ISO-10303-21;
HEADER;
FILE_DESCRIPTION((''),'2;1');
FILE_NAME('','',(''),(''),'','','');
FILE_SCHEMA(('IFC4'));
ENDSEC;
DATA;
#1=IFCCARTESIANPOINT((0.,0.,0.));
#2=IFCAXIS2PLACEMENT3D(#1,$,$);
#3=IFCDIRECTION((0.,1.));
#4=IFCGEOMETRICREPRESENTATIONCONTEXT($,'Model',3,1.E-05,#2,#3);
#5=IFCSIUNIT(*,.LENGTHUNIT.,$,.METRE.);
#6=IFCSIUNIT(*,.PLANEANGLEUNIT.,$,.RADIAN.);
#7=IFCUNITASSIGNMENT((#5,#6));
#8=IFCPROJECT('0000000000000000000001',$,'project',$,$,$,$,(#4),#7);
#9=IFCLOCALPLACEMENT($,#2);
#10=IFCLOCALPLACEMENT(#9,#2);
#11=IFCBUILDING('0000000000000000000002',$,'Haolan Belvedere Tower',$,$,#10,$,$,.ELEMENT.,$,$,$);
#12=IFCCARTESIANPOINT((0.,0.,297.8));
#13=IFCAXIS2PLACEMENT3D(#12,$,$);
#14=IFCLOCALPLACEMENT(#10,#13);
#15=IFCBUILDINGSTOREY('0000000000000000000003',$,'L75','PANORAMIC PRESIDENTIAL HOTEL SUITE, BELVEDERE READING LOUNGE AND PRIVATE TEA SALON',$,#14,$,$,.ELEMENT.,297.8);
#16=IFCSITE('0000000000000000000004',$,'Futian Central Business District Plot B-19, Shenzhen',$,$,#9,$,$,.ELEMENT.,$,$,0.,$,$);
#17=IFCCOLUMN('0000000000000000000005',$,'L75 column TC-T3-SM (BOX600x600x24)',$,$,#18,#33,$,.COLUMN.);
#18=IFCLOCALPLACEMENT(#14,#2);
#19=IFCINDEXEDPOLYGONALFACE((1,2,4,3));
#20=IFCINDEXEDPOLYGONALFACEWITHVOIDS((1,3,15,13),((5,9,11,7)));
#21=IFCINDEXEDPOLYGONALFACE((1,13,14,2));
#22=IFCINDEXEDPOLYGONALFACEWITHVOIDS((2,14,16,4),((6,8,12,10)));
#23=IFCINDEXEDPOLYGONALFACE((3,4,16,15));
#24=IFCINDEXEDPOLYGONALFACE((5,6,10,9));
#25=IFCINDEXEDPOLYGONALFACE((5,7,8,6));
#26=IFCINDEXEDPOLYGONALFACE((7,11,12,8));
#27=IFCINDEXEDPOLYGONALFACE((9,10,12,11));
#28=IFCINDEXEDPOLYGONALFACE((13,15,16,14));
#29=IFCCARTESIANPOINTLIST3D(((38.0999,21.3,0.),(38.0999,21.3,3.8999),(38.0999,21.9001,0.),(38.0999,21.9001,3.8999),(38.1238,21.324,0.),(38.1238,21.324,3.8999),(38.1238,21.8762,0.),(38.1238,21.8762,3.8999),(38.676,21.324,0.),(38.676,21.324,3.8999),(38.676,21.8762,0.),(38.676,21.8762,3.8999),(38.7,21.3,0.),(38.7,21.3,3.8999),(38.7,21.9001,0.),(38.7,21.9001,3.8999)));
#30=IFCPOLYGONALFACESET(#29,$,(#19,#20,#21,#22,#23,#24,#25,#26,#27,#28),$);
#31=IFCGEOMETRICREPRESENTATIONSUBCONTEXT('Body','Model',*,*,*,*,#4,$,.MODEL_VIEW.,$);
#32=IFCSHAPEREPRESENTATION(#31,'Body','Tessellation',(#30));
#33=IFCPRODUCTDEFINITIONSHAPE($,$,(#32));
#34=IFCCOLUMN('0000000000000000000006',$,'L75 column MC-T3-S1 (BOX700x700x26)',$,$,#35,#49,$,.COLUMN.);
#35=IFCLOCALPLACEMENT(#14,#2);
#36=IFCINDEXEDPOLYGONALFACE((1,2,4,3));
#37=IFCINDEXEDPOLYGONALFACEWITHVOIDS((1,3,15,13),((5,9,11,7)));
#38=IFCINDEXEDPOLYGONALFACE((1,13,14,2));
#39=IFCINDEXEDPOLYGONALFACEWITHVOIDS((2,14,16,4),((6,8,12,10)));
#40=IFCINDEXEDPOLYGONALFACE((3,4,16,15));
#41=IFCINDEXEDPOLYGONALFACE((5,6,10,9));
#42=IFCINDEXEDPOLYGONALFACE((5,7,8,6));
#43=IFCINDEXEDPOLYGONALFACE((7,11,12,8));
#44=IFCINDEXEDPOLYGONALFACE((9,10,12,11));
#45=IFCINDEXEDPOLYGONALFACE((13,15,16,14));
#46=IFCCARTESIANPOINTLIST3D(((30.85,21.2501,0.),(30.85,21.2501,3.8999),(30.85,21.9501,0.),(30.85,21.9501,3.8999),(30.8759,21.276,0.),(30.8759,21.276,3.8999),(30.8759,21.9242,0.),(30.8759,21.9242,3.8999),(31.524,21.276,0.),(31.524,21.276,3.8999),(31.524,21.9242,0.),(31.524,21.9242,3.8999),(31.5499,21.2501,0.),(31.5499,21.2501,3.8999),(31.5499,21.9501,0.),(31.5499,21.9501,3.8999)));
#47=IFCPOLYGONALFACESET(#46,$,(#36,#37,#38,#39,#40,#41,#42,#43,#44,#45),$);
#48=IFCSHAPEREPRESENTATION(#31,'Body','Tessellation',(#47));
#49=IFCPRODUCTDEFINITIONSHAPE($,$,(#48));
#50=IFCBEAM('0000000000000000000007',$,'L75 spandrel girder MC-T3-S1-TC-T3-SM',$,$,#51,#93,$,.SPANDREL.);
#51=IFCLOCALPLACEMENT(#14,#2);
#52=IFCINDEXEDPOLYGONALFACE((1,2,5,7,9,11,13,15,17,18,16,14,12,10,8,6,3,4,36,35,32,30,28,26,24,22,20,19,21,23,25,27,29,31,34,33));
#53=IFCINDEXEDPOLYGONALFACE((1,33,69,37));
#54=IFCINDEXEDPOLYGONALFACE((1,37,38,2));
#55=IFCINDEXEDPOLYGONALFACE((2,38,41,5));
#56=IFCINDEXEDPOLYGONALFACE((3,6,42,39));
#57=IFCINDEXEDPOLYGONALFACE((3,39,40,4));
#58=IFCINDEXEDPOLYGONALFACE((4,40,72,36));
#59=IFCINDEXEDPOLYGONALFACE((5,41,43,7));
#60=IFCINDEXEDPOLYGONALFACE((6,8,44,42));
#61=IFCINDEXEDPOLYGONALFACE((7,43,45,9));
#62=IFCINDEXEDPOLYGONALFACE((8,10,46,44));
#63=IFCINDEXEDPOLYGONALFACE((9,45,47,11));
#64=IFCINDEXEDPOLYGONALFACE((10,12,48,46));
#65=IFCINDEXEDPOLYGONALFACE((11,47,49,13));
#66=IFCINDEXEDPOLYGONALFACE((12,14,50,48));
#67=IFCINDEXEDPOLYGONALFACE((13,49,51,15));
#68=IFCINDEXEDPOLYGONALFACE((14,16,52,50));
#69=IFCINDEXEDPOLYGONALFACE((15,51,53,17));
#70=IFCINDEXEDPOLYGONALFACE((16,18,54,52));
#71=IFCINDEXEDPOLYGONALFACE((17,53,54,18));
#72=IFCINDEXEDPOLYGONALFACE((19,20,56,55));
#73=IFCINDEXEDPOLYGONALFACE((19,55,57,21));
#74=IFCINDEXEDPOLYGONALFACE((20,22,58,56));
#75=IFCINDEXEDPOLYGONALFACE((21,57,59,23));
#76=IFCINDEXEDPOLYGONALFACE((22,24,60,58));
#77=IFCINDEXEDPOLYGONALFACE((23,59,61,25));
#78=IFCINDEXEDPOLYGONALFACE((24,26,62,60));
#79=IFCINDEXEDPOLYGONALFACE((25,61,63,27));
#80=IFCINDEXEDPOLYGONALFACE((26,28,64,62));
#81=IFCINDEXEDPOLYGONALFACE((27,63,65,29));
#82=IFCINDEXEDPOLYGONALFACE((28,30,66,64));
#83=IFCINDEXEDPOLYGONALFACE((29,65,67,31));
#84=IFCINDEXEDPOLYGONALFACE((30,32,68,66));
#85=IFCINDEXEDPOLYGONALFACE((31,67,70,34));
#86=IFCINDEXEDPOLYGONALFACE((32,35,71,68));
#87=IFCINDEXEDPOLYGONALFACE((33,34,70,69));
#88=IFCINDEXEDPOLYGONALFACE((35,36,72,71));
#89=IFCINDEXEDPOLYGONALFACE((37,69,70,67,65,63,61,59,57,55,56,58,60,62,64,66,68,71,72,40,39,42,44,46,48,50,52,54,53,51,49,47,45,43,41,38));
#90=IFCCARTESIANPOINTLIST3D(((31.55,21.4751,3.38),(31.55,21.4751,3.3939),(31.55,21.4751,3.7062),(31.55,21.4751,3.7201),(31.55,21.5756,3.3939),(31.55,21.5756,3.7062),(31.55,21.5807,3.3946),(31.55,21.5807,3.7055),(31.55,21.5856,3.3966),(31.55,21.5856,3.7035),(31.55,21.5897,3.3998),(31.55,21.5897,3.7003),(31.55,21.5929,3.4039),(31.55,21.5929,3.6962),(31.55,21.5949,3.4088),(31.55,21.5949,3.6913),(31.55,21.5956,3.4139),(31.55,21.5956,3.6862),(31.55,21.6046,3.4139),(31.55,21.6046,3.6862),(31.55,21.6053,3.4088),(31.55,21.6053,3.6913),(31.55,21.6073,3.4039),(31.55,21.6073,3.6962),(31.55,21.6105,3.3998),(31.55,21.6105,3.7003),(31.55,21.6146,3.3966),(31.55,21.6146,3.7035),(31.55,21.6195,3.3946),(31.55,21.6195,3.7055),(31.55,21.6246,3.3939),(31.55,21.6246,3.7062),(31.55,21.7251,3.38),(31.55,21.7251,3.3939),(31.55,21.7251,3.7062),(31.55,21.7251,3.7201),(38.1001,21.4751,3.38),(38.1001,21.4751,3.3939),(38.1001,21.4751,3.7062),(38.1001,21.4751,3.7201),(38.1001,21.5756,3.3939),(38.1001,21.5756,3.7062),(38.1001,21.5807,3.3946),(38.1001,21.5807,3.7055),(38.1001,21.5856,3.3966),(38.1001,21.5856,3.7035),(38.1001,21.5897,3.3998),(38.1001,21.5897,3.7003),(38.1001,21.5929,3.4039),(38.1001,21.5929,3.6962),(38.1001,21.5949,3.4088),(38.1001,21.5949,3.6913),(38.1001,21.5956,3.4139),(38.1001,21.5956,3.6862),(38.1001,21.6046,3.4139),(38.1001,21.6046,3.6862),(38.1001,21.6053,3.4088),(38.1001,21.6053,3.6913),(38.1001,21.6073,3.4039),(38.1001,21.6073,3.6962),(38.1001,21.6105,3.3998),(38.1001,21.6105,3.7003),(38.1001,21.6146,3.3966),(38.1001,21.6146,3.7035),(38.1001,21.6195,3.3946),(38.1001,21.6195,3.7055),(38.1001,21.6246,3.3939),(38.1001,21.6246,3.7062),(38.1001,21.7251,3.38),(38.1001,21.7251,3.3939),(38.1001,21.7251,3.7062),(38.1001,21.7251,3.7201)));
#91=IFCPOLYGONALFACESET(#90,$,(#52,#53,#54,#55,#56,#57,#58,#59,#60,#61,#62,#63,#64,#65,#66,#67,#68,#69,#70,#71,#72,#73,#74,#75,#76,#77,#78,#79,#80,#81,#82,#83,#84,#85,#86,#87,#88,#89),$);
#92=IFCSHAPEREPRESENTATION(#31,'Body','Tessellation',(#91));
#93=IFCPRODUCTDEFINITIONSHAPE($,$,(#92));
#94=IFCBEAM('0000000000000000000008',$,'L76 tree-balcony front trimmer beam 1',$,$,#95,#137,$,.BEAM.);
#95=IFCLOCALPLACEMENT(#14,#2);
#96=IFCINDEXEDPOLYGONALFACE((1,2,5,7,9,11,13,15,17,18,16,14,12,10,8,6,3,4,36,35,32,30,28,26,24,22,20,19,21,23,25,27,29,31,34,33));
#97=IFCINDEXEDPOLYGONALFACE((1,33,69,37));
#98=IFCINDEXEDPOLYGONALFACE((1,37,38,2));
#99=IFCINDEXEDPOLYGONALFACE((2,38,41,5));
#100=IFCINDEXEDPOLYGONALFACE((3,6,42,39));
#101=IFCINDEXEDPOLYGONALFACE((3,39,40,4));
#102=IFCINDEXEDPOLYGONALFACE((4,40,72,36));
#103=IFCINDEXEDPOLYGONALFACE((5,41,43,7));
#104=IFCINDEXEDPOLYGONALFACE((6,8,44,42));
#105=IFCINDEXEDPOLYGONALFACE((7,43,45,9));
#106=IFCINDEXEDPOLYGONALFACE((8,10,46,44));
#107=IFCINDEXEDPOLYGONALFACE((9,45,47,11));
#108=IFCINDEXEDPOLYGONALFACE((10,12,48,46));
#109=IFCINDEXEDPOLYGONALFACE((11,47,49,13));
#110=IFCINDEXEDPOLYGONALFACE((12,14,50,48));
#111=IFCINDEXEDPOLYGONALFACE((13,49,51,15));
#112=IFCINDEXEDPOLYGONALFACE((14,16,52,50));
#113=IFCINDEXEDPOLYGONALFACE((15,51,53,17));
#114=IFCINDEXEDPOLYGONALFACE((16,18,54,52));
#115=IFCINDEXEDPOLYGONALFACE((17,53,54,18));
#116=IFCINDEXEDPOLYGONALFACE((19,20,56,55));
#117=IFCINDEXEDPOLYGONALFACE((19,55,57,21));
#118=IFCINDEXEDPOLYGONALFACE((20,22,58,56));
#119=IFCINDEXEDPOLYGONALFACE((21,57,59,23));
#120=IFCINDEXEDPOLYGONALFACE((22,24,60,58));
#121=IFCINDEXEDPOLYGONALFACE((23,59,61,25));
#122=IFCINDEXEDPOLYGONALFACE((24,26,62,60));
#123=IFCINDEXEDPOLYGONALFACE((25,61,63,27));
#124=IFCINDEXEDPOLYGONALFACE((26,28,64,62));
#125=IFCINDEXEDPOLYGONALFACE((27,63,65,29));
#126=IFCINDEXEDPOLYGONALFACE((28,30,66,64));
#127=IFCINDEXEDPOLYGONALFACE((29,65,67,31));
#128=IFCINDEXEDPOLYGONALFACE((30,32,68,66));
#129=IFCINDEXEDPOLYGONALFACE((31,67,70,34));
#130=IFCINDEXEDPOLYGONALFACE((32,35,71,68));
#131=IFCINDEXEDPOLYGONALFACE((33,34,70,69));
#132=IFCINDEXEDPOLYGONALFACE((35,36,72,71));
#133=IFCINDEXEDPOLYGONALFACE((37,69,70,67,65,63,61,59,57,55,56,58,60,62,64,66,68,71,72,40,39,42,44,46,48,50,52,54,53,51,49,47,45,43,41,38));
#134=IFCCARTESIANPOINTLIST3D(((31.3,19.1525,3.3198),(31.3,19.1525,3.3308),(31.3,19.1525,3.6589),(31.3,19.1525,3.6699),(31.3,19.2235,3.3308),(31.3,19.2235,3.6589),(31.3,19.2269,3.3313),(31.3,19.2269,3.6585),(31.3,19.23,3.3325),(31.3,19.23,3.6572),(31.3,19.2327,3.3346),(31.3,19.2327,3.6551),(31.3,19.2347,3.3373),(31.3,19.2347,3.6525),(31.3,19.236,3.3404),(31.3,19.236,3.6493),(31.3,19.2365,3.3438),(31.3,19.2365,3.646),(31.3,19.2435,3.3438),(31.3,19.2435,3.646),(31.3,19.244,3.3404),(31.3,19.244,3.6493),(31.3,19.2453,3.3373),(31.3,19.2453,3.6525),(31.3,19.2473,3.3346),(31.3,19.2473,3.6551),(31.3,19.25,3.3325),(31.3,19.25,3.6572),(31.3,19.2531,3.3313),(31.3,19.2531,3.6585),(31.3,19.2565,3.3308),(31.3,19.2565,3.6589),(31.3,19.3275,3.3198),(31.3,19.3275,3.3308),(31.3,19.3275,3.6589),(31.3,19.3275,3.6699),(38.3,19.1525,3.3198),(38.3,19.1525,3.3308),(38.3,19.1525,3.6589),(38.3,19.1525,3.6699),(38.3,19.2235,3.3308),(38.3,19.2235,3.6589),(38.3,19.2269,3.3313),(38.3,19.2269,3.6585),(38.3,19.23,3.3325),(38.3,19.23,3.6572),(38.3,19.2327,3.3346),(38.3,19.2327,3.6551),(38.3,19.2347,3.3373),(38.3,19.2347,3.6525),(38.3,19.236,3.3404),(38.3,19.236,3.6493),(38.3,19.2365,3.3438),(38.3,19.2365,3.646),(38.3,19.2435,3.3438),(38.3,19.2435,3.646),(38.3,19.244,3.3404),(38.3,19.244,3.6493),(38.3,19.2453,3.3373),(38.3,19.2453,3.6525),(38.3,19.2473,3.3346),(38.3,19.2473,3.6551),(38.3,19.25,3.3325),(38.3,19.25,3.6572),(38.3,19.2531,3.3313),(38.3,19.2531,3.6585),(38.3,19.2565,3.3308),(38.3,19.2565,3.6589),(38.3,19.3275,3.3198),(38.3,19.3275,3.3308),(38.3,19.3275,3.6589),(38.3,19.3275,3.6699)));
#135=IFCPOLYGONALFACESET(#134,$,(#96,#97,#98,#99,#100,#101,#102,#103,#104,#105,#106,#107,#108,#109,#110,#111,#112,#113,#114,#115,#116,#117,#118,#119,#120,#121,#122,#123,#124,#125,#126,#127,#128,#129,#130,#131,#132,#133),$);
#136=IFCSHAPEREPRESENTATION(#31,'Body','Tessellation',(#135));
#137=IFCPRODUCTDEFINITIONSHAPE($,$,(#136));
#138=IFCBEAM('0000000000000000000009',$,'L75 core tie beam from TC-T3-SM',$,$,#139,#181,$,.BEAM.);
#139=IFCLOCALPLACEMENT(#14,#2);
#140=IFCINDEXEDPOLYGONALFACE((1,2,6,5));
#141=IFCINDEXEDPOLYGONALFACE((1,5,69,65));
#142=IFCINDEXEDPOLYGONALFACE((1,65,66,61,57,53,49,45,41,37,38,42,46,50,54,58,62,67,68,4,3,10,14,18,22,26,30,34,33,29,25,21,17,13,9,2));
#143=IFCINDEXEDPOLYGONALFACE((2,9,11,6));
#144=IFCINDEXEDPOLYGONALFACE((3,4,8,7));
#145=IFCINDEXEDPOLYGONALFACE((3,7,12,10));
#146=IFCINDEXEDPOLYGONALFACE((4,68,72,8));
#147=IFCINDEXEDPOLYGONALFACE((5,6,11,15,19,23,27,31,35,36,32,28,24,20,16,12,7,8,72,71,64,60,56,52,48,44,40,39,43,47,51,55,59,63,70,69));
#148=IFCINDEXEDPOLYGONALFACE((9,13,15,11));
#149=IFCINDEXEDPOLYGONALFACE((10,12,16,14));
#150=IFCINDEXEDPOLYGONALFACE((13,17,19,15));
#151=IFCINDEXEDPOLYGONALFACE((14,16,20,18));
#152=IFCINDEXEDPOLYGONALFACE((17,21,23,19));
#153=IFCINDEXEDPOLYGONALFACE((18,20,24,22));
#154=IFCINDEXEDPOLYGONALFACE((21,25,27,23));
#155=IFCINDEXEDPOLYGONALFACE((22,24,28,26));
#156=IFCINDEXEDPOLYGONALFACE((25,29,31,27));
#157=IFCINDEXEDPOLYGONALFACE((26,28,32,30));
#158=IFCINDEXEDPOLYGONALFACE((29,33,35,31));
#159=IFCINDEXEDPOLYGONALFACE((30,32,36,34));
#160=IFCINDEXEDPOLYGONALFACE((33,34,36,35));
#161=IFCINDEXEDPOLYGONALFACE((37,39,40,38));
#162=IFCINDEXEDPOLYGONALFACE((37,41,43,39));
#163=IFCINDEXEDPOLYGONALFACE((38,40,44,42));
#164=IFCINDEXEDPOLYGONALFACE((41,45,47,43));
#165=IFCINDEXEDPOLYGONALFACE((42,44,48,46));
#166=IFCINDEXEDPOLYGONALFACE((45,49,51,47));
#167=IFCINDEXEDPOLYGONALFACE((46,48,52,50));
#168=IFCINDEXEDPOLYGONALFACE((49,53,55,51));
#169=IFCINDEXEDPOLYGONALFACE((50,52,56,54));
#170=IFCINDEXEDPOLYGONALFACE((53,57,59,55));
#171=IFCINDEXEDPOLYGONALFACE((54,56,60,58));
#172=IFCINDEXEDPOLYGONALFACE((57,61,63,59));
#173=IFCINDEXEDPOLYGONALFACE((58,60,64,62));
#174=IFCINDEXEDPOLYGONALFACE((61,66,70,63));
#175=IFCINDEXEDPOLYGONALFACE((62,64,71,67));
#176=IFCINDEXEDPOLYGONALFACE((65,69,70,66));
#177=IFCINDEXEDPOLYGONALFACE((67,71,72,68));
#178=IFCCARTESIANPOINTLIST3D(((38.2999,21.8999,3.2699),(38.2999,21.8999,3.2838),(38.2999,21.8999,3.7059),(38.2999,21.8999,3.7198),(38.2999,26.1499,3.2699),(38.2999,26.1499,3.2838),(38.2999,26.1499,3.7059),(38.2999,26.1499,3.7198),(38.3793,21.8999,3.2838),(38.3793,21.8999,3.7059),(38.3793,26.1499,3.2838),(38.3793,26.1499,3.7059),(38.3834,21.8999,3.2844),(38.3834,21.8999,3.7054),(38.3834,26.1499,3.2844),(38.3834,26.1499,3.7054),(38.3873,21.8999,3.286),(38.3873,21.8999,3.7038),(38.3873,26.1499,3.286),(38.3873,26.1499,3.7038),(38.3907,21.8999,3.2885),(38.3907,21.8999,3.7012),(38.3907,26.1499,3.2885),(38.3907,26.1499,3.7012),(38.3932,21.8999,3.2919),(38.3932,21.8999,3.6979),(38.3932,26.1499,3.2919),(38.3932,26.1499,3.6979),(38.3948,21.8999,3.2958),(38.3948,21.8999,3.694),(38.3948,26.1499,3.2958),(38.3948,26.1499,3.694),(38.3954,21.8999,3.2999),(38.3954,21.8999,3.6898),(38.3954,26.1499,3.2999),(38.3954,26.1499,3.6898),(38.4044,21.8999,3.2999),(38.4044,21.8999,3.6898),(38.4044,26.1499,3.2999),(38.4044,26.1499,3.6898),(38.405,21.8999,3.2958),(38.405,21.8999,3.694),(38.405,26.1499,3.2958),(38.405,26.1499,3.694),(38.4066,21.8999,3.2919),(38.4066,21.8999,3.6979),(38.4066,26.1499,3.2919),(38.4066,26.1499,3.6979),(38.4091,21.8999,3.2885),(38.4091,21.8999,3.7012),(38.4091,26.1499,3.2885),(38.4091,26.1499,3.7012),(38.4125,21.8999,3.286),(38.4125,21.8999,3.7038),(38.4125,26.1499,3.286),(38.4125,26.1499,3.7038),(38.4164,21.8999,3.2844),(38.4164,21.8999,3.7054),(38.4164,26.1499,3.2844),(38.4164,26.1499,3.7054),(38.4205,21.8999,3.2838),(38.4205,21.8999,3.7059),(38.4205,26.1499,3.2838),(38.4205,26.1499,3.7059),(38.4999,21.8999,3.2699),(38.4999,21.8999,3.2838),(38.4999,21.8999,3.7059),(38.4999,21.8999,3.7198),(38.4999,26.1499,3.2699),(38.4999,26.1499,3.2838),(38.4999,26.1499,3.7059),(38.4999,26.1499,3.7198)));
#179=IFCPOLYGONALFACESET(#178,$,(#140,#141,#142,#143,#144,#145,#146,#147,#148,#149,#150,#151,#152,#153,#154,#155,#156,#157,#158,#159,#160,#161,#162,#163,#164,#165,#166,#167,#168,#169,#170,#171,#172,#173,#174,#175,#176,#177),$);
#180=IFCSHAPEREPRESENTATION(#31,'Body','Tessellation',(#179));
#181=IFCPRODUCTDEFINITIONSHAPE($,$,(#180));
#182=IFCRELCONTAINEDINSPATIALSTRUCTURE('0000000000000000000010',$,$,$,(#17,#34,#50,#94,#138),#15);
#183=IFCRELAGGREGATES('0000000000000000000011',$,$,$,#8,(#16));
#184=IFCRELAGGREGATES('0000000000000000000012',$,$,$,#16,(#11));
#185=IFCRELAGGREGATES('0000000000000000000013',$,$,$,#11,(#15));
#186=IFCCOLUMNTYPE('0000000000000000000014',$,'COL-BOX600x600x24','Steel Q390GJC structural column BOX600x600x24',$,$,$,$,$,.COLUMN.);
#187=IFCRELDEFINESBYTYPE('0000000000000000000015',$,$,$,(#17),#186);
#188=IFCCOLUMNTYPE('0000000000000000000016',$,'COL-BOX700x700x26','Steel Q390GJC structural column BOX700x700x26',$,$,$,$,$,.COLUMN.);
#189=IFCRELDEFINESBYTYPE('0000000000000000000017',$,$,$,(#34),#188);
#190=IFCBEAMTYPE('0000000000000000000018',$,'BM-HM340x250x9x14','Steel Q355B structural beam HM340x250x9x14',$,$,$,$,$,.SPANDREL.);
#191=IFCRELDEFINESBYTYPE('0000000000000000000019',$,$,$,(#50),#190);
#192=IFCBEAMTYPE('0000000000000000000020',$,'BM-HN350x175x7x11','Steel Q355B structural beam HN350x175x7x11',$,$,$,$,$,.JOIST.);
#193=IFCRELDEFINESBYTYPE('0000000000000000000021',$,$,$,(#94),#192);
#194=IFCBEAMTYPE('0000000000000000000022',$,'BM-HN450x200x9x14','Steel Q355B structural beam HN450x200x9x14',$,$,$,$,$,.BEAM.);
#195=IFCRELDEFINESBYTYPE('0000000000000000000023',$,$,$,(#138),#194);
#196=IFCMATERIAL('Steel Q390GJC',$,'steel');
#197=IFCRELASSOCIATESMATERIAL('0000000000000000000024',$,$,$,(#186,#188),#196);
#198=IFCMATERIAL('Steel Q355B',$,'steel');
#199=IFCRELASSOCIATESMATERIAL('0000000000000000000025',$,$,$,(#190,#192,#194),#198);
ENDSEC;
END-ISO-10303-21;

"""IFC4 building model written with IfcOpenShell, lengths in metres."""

from ifc_helpers import new_model, si_unit, direction, frame, origin, origin_2d, place, context, subcontext, project, spatial, hollow_rectangle, i_section, extrude, material, material_profile, profile_set, type_object, element, save


model = new_model("IFC4")

# Units and contexts
model_context = context("Model", 3, precision=1e-05, world=origin(), true_north=direction((0.0, 1.0)))
body_context = subcontext(model_context, "Body", "Model", "MODEL_VIEW")
ifc_project = project(units=[si_unit("LENGTHUNIT", "METRE"), si_unit("PLANEANGLEUNIT", "RADIAN")], contexts=[model_context])

# Site, building, storey
site_placement = place(None, origin())
site = spatial("IfcSite", under=ifc_project, at=site_placement, Name="Futian Central Business District Plot B-19, Shenzhen", CompositionType="ELEMENT", RefElevation=0.0)
building_placement = place(site_placement, origin())
building = spatial("IfcBuilding", under=site, at=building_placement, Name="Haolan Belvedere Tower", CompositionType="ELEMENT")
storey_placement = place(building_placement, frame((0.0, 0.0, 297.8)))
storey = spatial("IfcBuildingStorey", under=building, at=storey_placement, Name="L75", Description="PANORAMIC PRESIDENTIAL HOTEL SUITE, BELVEDERE READING LOUNGE AND PRIVATE TEA SALON", CompositionType="ELEMENT", Elevation=297.8)

# Columns
ifc_material_1 = material(Name="Steel Q390GJC", Category="steel")
ifc_material_profile_1 = material_profile(ifc_material_1, hollow_rectangle(XDim=0.6001, YDim=0.6001, WallThickness=0.0239, at=origin_2d()), Name="Steel Q390GJC")
ifc_profile_set_1 = profile_set([ifc_material_profile_1], Name="Steel Q390GJC")
column_type_1 = type_object("IfcColumnType", Name="COL-BOX600x600x24", Description="Steel Q390GJC structural column BOX600x600x24", PredefinedType="COLUMN", material=ifc_profile_set_1)
column_1_placement = place(storey_placement, frame((38.3999, 21.6001, 0.0), z_axis=(0.0, 0.0, 1.0), x_axis=(1.0, 0.0, 0.0)))
element("IfcColumn", 1, at=column_1_placement, inside=storey, type_object=column_type_1, Name="L75 column TC-T3-SM (BOX600x600x24)", PredefinedType="COLUMN", context=body_context, shape_type="SweptSolid", body=[
    extrude(hollow_rectangle(XDim=0.6001, YDim=0.6001, WallThickness=0.0239, at=origin_2d()), origin(), (0.0, 0.0, 1.0), 3.8999),
])
ifc_material_profile_2 = material_profile(ifc_material_1, hollow_rectangle(XDim=0.7, YDim=0.7, WallThickness=0.0259, at=origin_2d()), Name="Steel Q390GJC")
ifc_profile_set_2 = profile_set([ifc_material_profile_2], Name="Steel Q390GJC")
column_type_2 = type_object("IfcColumnType", Name="COL-BOX700x700x26", Description="Steel Q390GJC structural column BOX700x700x26", PredefinedType="COLUMN", material=ifc_profile_set_2)
column_2_placement = place(storey_placement, frame((31.2, 21.6001, 0.0), z_axis=(0.0, 0.0, 1.0), x_axis=(1.0, 0.0, 0.0)))
element("IfcColumn", 2, at=column_2_placement, inside=storey, type_object=column_type_2, Name="L75 column MC-T3-S1 (BOX700x700x26)", PredefinedType="COLUMN", context=body_context, shape_type="SweptSolid", body=[
    extrude(hollow_rectangle(XDim=0.7, YDim=0.7, WallThickness=0.0259, at=origin_2d()), origin(), (0.0, 0.0, 1.0), 3.8999),
])

# Beams
ifc_material_2 = material(Name="Steel Q355B", Category="steel")
ifc_material_profile_3 = material_profile(ifc_material_2, i_section(OverallWidth=0.25, OverallDepth=0.3401, WebThickness=0.009, FlangeThickness=0.0139, FilletRadius=0.02, at=origin_2d()), Name="Steel Q355B")
ifc_profile_set_3 = profile_set([ifc_material_profile_3], Name="Steel Q355B")
beam_type_1 = type_object("IfcBeamType", Name="BM-HM340x250x9x14", Description="Steel Q355B structural beam HM340x250x9x14", PredefinedType="SPANDREL", material=ifc_profile_set_3)
beam_1_placement = place(storey_placement, frame((31.55, 21.6001, 3.55), z_axis=(1.0, 0.0, 0.0), x_axis=(0.0, 1.0, 0.0)))
element("IfcBeam", 3, at=beam_1_placement, inside=storey, type_object=beam_type_1, Name="L75 spandrel girder MC-T3-S1-TC-T3-SM", PredefinedType="SPANDREL", context=body_context, shape_type="SweptSolid", body=[
    extrude(i_section(OverallWidth=0.25, OverallDepth=0.3401, WebThickness=0.009, FlangeThickness=0.0139, FilletRadius=0.02, at=origin_2d()), origin(), (0.0, 0.0, 1.0), 6.55),
])
ifc_material_profile_4 = material_profile(ifc_material_2, i_section(OverallWidth=0.175, OverallDepth=0.3501, WebThickness=0.0071, FlangeThickness=0.011, FilletRadius=0.0129, at=origin_2d()), Name="Steel Q355B")
ifc_profile_set_4 = profile_set([ifc_material_profile_4], Name="Steel Q355B")
beam_type_2 = type_object("IfcBeamType", Name="BM-HN350x175x7x11", Description="Steel Q355B structural beam HN350x175x7x11", PredefinedType="JOIST", material=ifc_profile_set_4)
beam_2_placement = place(storey_placement, frame((31.3, 19.24, 3.4949), z_axis=(1.0, 0.0, 0.0), x_axis=(0.0, 1.0, 0.0)))
element("IfcBeam", 4, at=beam_2_placement, inside=storey, type_object=beam_type_2, Name="L76 tree-balcony front trimmer beam 1", PredefinedType="BEAM", context=body_context, shape_type="SweptSolid", body=[
    extrude(i_section(OverallWidth=0.175, OverallDepth=0.3501, WebThickness=0.0071, FlangeThickness=0.011, FilletRadius=0.0129, at=origin_2d()), origin(), (0.0, 0.0, 1.0), 7.0),
])
ifc_material_profile_5 = material_profile(ifc_material_2, i_section(OverallWidth=0.2, OverallDepth=0.45, WebThickness=0.009, FlangeThickness=0.0139, FilletRadius=0.0161, at=origin_2d()), Name="Steel Q355B")
ifc_profile_set_5 = profile_set([ifc_material_profile_5], Name="Steel Q355B")
beam_type_3 = type_object("IfcBeamType", Name="BM-HN450x200x9x14", Description="Steel Q355B structural beam HN450x200x9x14", PredefinedType="BEAM", material=ifc_profile_set_5)
beam_3_placement = place(storey_placement, frame((38.3999, 21.8999, 3.4949), z_axis=(0.0, 1.0, 0.0), x_axis=(-1.0, 0.0, 0.0)))
element("IfcBeam", 5, at=beam_3_placement, inside=storey, type_object=beam_type_3, Name="L75 core tie beam from TC-T3-SM", PredefinedType="BEAM", context=body_context, shape_type="SweptSolid", body=[
    extrude(i_section(OverallWidth=0.2, OverallDepth=0.45, WebThickness=0.009, FlangeThickness=0.0139, FilletRadius=0.0161, at=origin_2d()), origin(), (0.0, 0.0, 1.0), 4.25),
])

save(model, "model.ifc")
